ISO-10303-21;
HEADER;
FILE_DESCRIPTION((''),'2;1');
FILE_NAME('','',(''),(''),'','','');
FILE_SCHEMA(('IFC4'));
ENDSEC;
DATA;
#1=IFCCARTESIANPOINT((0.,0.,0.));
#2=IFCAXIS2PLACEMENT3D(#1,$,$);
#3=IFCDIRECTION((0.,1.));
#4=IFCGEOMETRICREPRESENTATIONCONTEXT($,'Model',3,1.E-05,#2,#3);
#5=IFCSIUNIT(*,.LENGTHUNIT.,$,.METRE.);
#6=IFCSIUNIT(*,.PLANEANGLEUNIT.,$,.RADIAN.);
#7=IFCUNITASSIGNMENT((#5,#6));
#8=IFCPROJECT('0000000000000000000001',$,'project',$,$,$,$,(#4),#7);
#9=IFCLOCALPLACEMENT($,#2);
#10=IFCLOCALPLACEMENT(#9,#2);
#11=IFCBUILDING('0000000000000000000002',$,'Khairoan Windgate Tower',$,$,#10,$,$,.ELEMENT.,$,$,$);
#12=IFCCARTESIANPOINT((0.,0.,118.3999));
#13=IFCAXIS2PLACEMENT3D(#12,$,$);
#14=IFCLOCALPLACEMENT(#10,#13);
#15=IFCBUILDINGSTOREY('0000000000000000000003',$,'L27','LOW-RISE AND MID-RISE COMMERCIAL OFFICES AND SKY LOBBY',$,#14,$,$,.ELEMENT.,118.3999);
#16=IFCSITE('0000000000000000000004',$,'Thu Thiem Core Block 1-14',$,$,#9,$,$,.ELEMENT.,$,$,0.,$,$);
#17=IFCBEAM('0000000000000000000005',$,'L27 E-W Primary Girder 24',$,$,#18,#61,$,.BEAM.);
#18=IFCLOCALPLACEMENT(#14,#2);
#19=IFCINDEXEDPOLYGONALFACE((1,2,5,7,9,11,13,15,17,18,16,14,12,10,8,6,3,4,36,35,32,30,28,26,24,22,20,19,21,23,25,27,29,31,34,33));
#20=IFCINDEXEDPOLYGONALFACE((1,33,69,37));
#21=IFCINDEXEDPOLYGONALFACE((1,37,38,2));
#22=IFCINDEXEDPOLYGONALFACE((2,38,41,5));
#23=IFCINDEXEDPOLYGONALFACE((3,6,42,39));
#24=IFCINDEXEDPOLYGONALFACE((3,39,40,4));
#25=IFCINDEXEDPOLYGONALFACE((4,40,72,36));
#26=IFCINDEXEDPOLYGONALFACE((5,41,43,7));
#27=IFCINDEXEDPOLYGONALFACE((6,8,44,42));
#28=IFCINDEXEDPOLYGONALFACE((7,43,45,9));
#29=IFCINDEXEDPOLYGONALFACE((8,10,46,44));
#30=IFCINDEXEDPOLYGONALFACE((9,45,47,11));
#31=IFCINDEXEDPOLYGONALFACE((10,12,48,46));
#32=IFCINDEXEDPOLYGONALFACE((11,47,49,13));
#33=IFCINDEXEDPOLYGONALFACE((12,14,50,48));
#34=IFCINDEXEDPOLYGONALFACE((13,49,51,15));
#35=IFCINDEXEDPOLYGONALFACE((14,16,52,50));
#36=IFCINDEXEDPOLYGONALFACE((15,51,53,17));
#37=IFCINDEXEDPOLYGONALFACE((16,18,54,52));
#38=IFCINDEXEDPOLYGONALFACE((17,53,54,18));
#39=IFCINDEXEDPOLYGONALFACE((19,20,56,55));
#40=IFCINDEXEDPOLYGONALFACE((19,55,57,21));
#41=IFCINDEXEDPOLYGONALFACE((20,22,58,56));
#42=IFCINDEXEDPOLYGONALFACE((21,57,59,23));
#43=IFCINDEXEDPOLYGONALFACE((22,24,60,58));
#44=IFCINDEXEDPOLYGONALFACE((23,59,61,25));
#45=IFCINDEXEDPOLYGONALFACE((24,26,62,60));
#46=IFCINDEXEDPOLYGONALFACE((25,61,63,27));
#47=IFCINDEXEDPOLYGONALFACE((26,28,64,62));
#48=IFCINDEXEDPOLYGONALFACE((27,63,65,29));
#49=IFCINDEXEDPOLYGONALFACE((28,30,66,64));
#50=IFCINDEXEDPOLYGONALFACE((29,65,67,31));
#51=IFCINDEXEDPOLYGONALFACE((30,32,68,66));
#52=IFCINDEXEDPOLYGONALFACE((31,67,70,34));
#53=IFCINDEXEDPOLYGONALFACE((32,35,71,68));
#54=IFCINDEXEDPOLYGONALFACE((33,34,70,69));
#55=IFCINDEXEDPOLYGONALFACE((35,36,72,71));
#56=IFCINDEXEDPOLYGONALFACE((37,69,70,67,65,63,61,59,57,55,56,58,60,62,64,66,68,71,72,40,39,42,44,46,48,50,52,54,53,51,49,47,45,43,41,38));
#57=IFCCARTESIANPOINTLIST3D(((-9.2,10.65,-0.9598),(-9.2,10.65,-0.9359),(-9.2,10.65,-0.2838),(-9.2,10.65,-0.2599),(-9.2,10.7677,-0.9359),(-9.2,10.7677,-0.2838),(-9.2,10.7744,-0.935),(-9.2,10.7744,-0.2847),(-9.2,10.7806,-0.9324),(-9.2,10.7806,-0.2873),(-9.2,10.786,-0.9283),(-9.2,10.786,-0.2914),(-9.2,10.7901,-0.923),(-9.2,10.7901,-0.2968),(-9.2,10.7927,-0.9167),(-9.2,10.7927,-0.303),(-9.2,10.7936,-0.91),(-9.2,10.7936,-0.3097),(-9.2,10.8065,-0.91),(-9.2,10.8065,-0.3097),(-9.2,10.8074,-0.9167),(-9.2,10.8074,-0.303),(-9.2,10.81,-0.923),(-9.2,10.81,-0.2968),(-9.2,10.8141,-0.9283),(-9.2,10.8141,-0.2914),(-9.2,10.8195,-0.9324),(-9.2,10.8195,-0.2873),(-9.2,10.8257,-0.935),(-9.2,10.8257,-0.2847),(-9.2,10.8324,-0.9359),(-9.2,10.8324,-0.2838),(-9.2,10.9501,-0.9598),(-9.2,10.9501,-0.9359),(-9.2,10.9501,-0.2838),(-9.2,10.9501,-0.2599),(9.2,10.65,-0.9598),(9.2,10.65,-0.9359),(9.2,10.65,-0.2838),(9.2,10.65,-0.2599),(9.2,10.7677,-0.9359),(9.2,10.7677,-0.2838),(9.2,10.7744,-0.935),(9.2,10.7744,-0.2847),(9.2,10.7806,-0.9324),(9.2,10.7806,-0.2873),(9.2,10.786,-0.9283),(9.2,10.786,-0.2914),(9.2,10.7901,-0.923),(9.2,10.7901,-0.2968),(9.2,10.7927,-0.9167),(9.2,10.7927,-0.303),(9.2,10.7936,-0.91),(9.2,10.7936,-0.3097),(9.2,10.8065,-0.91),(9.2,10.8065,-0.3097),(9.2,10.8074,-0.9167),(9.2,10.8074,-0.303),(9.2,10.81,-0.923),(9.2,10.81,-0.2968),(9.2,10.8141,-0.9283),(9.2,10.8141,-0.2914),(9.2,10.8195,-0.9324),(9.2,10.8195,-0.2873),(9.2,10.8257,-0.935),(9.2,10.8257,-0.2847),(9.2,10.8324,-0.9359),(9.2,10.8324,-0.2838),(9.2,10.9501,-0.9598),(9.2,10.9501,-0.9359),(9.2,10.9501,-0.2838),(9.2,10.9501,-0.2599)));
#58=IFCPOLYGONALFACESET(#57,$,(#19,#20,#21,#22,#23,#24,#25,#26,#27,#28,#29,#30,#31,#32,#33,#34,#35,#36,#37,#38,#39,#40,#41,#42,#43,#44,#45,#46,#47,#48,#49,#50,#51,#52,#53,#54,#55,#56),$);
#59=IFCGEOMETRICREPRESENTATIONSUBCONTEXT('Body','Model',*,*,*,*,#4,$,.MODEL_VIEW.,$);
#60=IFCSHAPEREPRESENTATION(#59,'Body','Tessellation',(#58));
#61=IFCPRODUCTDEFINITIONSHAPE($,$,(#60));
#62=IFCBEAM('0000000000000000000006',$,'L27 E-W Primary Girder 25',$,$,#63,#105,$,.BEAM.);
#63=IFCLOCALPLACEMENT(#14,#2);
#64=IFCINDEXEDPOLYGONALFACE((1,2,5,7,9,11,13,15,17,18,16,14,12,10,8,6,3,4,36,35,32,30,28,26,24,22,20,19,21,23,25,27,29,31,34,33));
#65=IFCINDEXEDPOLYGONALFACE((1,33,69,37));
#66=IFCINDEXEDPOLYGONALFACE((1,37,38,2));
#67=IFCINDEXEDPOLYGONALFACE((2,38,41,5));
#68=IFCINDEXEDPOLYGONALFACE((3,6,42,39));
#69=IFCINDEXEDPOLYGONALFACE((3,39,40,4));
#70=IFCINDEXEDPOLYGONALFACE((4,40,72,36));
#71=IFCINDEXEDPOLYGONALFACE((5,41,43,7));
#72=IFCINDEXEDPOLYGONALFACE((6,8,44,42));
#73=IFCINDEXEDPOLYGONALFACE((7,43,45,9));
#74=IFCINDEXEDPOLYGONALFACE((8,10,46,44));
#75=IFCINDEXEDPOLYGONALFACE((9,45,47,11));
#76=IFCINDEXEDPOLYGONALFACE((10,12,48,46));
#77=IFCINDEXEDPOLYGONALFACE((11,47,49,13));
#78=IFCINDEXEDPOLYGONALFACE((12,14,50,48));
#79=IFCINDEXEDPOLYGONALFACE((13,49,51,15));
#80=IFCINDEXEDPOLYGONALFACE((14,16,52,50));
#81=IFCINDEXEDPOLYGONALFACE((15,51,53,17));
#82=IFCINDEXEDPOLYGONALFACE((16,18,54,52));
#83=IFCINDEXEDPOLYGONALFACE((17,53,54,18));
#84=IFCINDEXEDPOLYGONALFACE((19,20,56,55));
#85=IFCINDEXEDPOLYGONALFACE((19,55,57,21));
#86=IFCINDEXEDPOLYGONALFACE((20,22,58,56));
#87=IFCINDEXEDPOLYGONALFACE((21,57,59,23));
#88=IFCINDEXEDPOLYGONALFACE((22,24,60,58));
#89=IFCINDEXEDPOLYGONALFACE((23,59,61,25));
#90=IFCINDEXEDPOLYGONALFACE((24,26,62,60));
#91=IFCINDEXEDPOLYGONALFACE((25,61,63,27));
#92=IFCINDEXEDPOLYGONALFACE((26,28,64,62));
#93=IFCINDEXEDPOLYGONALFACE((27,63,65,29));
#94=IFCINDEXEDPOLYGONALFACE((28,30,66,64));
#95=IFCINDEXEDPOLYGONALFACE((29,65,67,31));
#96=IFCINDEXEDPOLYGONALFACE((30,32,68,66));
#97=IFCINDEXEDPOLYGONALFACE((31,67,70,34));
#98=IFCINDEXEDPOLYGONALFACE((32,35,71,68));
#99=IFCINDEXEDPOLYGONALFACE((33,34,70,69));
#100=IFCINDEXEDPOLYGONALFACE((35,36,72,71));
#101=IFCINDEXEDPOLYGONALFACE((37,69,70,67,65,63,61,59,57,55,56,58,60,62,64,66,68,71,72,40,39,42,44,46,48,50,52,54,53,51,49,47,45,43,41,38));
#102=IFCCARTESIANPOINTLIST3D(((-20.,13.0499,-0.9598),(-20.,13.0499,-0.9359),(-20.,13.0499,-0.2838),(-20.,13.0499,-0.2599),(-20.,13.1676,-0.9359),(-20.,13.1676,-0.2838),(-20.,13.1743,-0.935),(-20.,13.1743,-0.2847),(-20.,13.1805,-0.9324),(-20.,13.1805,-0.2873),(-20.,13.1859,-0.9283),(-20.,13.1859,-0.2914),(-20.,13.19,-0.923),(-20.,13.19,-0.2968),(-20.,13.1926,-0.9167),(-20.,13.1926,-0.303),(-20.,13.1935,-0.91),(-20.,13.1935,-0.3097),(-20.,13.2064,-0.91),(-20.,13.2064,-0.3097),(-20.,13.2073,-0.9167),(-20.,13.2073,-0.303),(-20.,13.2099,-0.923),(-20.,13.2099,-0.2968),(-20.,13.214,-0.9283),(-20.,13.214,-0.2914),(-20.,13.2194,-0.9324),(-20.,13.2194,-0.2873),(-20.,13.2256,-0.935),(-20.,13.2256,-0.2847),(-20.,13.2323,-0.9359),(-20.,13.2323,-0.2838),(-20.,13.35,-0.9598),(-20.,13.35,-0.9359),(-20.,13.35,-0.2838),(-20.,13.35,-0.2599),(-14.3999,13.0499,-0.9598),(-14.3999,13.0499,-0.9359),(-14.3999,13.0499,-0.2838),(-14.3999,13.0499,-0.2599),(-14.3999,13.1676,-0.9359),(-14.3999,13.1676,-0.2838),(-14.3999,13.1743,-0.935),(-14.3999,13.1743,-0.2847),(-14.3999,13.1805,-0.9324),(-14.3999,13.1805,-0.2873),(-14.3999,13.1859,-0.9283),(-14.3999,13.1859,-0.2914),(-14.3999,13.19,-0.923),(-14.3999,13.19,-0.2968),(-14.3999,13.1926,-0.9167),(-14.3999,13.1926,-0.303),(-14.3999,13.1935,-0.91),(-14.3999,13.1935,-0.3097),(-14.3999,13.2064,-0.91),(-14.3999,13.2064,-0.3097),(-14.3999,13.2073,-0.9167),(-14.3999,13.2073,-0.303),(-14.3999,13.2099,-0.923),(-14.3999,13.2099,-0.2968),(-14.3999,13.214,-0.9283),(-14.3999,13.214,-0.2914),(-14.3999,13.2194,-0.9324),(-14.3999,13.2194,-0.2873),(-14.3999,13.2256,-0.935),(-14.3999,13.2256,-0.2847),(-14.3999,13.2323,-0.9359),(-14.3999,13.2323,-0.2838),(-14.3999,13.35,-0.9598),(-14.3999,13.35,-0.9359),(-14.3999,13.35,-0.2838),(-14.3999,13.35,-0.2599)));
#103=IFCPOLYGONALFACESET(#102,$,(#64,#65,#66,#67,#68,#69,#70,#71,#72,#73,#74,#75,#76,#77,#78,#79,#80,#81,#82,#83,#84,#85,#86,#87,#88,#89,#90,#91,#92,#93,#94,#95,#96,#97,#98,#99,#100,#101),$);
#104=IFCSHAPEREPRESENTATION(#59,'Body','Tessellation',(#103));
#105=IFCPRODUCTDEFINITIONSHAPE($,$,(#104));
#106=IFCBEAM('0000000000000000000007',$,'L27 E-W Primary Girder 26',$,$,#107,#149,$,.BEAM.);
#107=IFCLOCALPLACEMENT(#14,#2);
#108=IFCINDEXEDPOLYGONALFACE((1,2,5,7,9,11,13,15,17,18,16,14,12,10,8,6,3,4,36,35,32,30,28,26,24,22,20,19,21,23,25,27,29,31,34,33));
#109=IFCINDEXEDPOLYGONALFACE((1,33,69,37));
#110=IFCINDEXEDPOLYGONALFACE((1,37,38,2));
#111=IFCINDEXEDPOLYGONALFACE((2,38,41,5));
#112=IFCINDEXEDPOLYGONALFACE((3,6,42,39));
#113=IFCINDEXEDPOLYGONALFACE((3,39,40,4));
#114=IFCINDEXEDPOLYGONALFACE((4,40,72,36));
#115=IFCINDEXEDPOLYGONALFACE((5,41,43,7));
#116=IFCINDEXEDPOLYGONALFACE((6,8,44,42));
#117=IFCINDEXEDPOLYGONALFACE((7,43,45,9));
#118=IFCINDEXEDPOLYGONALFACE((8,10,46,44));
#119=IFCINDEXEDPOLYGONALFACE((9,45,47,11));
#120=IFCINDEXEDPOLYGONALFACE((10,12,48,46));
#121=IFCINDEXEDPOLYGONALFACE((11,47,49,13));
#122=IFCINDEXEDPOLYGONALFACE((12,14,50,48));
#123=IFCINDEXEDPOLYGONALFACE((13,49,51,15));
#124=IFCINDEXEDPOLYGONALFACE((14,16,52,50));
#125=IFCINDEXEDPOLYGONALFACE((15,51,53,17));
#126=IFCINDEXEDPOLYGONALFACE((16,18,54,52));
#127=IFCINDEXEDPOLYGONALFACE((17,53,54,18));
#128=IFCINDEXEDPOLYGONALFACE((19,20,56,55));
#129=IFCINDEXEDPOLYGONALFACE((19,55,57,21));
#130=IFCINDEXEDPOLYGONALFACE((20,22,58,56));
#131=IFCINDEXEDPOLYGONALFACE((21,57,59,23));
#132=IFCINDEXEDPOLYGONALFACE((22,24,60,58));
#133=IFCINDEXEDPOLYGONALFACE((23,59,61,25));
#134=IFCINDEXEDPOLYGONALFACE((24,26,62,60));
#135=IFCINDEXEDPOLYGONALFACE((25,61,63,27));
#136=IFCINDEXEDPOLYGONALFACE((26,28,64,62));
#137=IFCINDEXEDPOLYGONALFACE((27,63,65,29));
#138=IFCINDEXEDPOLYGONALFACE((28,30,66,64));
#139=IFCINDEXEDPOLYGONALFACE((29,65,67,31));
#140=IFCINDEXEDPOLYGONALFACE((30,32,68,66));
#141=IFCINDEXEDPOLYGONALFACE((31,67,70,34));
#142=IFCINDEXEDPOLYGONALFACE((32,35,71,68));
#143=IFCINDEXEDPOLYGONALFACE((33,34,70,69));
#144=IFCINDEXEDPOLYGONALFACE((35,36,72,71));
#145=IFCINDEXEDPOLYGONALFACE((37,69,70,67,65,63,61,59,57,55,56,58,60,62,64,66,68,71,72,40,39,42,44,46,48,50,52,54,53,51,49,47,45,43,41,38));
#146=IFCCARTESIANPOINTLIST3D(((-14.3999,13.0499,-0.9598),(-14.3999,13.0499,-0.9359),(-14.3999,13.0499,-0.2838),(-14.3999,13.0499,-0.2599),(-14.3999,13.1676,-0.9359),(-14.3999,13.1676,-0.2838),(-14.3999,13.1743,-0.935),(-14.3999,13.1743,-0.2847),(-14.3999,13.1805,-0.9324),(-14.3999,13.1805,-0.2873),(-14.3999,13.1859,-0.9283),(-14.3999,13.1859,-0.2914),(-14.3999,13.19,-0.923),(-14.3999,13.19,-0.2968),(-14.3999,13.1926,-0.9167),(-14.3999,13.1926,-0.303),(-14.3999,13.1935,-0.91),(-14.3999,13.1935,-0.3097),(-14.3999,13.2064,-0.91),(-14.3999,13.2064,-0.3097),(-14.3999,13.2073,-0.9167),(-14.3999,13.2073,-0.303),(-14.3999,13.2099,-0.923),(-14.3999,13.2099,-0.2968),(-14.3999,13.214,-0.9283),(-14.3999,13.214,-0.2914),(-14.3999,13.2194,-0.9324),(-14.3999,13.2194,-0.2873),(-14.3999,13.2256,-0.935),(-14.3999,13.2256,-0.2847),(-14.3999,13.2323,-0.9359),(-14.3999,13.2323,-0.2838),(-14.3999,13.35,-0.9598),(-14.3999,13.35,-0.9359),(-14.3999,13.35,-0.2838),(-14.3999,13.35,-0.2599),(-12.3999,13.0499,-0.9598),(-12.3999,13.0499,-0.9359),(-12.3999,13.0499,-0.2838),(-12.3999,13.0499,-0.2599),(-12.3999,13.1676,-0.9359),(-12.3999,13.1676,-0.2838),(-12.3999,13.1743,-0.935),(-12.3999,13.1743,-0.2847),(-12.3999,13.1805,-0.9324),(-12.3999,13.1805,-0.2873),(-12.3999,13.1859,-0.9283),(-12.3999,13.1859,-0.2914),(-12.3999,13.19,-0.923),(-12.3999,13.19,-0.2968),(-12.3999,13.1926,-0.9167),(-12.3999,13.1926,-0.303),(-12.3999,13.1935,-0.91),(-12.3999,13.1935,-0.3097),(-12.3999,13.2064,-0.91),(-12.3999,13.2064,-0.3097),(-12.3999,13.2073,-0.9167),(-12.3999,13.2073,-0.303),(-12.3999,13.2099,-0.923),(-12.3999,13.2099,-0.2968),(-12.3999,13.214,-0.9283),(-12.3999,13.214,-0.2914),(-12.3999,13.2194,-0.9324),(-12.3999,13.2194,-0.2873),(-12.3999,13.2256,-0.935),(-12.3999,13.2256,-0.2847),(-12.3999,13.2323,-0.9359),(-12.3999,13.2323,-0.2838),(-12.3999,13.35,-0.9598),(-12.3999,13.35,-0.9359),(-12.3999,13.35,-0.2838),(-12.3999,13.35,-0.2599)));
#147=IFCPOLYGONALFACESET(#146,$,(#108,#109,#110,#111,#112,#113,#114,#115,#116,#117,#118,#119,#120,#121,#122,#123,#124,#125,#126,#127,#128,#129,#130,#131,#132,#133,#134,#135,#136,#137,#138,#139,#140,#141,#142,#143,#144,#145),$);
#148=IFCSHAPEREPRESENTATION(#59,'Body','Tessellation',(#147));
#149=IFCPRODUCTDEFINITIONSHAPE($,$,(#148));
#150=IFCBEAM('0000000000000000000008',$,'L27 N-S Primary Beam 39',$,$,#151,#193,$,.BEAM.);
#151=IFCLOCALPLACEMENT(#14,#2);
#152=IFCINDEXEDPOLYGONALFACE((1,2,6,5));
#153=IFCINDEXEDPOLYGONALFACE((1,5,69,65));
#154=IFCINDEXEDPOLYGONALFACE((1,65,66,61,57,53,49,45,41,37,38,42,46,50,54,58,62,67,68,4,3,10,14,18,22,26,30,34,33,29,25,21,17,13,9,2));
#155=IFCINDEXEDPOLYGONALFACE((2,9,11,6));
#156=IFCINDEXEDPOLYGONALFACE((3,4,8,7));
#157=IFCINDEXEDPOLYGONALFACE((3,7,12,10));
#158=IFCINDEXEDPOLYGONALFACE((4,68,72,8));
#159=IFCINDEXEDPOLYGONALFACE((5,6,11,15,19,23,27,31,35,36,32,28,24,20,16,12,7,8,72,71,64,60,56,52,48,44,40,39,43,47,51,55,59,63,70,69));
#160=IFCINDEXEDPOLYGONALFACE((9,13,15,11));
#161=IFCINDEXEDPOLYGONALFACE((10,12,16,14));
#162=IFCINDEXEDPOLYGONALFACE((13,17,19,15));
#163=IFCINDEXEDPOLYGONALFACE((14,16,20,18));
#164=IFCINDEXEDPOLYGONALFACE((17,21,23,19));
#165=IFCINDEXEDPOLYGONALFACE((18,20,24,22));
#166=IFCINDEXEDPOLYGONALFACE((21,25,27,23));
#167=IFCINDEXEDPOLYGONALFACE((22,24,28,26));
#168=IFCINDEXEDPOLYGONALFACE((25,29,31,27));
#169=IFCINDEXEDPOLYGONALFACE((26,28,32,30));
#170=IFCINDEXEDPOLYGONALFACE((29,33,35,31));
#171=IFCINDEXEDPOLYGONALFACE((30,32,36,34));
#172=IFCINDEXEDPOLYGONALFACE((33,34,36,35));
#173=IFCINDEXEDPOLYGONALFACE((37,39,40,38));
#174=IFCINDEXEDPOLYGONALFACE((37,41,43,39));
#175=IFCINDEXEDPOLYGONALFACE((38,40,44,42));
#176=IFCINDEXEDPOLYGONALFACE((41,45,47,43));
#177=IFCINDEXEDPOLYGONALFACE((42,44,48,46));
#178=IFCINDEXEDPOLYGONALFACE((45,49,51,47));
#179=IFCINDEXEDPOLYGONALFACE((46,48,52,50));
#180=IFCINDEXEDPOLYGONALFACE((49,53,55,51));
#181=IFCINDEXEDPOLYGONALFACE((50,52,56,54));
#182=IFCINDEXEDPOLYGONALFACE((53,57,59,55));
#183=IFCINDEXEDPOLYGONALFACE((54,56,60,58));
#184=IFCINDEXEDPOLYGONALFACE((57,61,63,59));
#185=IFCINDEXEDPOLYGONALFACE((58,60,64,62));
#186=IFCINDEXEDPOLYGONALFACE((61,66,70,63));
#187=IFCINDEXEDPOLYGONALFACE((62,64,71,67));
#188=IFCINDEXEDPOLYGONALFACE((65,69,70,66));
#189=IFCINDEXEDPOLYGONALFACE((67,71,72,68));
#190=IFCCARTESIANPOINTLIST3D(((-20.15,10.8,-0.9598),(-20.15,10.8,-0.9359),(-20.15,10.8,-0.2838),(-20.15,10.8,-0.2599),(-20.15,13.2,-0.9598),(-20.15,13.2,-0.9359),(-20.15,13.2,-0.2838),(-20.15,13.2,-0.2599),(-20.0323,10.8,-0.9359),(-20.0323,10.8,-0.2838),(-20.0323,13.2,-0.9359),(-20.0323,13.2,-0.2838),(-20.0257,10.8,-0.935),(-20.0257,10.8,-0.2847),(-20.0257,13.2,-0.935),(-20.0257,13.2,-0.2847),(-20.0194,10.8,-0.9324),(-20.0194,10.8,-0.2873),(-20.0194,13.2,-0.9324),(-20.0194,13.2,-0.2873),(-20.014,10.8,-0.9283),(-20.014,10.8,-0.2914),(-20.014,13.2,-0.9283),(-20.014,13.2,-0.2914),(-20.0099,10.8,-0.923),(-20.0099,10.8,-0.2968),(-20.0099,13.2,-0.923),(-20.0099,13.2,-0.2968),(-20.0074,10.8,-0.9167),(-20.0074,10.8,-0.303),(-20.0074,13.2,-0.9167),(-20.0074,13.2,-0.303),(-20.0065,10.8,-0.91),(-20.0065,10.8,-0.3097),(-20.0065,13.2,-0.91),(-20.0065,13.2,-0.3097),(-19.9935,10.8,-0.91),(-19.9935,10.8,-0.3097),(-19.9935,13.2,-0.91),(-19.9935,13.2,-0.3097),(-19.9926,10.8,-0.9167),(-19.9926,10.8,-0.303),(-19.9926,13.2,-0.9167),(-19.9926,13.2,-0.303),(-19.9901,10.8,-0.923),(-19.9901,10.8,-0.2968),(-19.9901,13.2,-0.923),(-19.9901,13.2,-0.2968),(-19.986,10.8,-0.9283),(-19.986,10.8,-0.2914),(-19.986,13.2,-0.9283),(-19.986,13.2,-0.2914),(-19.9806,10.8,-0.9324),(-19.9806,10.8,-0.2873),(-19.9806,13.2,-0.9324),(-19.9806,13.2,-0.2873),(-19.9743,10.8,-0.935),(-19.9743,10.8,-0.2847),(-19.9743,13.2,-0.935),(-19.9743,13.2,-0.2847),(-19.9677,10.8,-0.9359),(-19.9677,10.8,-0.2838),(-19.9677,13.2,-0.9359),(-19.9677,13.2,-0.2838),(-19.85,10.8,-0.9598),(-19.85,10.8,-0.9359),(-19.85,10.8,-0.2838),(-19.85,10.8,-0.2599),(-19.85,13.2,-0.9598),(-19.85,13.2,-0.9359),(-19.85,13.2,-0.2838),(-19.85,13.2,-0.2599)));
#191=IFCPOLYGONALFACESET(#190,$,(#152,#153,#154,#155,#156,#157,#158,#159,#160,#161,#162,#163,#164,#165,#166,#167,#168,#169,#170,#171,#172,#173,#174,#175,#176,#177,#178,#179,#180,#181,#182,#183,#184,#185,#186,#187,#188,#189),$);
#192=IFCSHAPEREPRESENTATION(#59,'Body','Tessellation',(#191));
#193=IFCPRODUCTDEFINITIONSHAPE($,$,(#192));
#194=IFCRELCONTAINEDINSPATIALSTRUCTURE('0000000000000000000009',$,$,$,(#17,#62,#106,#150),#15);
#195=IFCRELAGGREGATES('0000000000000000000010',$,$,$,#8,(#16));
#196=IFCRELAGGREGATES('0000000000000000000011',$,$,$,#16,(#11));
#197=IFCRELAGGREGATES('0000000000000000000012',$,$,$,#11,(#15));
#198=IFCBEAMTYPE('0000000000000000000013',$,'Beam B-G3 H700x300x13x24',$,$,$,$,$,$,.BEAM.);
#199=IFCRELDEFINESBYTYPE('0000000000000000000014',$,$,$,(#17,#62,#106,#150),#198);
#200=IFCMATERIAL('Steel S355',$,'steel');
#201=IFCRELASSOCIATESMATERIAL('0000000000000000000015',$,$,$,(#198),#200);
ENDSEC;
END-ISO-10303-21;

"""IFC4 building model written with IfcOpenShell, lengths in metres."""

from ifc_helpers import new_model, si_unit, direction, frame, origin, origin_2d, place, context, subcontext, project, spatial, i_section, extrude, material, material_profile, profile_set, type_object, element, save


model = new_model("IFC4")

# Units and contexts
model_context = context("Model", 3, precision=1e-05, world=origin(), true_north=direction((0.0, 1.0)))
body_context = subcontext(model_context, "Body", "Model", "MODEL_VIEW")
ifc_project = project(units=[si_unit("LENGTHUNIT", "METRE"), si_unit("PLANEANGLEUNIT", "RADIAN")], contexts=[model_context])

# Site, building, storey
site_placement = place(None, origin())
site = spatial("IfcSite", under=ifc_project, at=site_placement, Name="Thu Thiem Core Block 1-14", CompositionType="ELEMENT", RefElevation=0.0)
building_placement = place(site_placement, origin())
building = spatial("IfcBuilding", under=site, at=building_placement, Name="Khairoan Windgate Tower", CompositionType="ELEMENT")
storey_placement = place(building_placement, frame((0.0, 0.0, 118.3999)))
storey = spatial("IfcBuildingStorey", under=building, at=storey_placement, Name="L27", Description="LOW-RISE AND MID-RISE COMMERCIAL OFFICES AND SKY LOBBY", CompositionType="ELEMENT", Elevation=118.3999)

# Beams
ifc_material_1 = material(Name="Steel S355", Category="steel")
ifc_material_profile_1 = material_profile(ifc_material_1, i_section(OverallWidth=0.3, OverallDepth=0.7, WebThickness=0.0129, FlangeThickness=0.0239, FilletRadius=0.0259, at=origin_2d()))
ifc_profile_set_1 = profile_set([ifc_material_profile_1], Name="Steel S355")
beam_type_1 = type_object("IfcBeamType", Name="Beam B-G3 H700x300x13x24", PredefinedType="BEAM", material=ifc_profile_set_1)
beam_1_placement = place(storey_placement, frame((-9.2, 10.8, -0.6099), z_axis=(1.0, 0.0, 0.0), x_axis=(0.0, 1.0, 0.0)))
element("IfcBeam", 1, at=beam_1_placement, inside=storey, type_object=beam_type_1, Name="L27 E-W Primary Girder 24", PredefinedType="BEAM", context=body_context, shape_type="SweptSolid", body=[
    extrude(i_section(OverallWidth=0.3, OverallDepth=0.7, WebThickness=0.0129, FlangeThickness=0.0239, FilletRadius=0.0259, at=origin_2d()), origin(), (0.0, 0.0, 1.0), 18.3999),
])
beam_2_placement = place(storey_placement, frame((-20.0, 13.2, -0.6099), z_axis=(1.0, 0.0, 0.0), x_axis=(0.0, 1.0, 0.0)))
element("IfcBeam", 2, at=beam_2_placement, inside=storey, type_object=beam_type_1, Name="L27 E-W Primary Girder 25", PredefinedType="BEAM", context=body_context, shape_type="SweptSolid", body=[
    extrude(i_section(OverallWidth=0.3, OverallDepth=0.7, WebThickness=0.0129, FlangeThickness=0.0239, FilletRadius=0.0259, at=origin_2d()), origin(), (0.0, 0.0, 1.0), 5.6001),
])
beam_3_placement = place(storey_placement, frame((-14.3999, 13.2, -0.6099), z_axis=(1.0, 0.0, 0.0), x_axis=(0.0, 1.0, 0.0)))
element("IfcBeam", 3, at=beam_3_placement, inside=storey, type_object=beam_type_1, Name="L27 E-W Primary Girder 26", PredefinedType="BEAM", context=body_context, shape_type="SweptSolid", body=[
    extrude(i_section(OverallWidth=0.3, OverallDepth=0.7, WebThickness=0.0129, FlangeThickness=0.0239, FilletRadius=0.0259, at=origin_2d()), origin(), (0.0, 0.0, 1.0), 2.0),
])
beam_4_placement = place(storey_placement, frame((-20.0, 10.8, -0.6099), z_axis=(0.0, 1.0, 0.0), x_axis=(-1.0, 0.0, 0.0)))
element("IfcBeam", 4, at=beam_4_placement, inside=storey, type_object=beam_type_1, Name="L27 N-S Primary Beam 39", PredefinedType="BEAM", context=body_context, shape_type="SweptSolid", body=[
    extrude(i_section(OverallWidth=0.3, OverallDepth=0.7, WebThickness=0.0129, FlangeThickness=0.0239, FilletRadius=0.0259, at=origin_2d()), origin(), (0.0, 0.0, 1.0), 2.3999),
])

save(model, "model.ifc")
